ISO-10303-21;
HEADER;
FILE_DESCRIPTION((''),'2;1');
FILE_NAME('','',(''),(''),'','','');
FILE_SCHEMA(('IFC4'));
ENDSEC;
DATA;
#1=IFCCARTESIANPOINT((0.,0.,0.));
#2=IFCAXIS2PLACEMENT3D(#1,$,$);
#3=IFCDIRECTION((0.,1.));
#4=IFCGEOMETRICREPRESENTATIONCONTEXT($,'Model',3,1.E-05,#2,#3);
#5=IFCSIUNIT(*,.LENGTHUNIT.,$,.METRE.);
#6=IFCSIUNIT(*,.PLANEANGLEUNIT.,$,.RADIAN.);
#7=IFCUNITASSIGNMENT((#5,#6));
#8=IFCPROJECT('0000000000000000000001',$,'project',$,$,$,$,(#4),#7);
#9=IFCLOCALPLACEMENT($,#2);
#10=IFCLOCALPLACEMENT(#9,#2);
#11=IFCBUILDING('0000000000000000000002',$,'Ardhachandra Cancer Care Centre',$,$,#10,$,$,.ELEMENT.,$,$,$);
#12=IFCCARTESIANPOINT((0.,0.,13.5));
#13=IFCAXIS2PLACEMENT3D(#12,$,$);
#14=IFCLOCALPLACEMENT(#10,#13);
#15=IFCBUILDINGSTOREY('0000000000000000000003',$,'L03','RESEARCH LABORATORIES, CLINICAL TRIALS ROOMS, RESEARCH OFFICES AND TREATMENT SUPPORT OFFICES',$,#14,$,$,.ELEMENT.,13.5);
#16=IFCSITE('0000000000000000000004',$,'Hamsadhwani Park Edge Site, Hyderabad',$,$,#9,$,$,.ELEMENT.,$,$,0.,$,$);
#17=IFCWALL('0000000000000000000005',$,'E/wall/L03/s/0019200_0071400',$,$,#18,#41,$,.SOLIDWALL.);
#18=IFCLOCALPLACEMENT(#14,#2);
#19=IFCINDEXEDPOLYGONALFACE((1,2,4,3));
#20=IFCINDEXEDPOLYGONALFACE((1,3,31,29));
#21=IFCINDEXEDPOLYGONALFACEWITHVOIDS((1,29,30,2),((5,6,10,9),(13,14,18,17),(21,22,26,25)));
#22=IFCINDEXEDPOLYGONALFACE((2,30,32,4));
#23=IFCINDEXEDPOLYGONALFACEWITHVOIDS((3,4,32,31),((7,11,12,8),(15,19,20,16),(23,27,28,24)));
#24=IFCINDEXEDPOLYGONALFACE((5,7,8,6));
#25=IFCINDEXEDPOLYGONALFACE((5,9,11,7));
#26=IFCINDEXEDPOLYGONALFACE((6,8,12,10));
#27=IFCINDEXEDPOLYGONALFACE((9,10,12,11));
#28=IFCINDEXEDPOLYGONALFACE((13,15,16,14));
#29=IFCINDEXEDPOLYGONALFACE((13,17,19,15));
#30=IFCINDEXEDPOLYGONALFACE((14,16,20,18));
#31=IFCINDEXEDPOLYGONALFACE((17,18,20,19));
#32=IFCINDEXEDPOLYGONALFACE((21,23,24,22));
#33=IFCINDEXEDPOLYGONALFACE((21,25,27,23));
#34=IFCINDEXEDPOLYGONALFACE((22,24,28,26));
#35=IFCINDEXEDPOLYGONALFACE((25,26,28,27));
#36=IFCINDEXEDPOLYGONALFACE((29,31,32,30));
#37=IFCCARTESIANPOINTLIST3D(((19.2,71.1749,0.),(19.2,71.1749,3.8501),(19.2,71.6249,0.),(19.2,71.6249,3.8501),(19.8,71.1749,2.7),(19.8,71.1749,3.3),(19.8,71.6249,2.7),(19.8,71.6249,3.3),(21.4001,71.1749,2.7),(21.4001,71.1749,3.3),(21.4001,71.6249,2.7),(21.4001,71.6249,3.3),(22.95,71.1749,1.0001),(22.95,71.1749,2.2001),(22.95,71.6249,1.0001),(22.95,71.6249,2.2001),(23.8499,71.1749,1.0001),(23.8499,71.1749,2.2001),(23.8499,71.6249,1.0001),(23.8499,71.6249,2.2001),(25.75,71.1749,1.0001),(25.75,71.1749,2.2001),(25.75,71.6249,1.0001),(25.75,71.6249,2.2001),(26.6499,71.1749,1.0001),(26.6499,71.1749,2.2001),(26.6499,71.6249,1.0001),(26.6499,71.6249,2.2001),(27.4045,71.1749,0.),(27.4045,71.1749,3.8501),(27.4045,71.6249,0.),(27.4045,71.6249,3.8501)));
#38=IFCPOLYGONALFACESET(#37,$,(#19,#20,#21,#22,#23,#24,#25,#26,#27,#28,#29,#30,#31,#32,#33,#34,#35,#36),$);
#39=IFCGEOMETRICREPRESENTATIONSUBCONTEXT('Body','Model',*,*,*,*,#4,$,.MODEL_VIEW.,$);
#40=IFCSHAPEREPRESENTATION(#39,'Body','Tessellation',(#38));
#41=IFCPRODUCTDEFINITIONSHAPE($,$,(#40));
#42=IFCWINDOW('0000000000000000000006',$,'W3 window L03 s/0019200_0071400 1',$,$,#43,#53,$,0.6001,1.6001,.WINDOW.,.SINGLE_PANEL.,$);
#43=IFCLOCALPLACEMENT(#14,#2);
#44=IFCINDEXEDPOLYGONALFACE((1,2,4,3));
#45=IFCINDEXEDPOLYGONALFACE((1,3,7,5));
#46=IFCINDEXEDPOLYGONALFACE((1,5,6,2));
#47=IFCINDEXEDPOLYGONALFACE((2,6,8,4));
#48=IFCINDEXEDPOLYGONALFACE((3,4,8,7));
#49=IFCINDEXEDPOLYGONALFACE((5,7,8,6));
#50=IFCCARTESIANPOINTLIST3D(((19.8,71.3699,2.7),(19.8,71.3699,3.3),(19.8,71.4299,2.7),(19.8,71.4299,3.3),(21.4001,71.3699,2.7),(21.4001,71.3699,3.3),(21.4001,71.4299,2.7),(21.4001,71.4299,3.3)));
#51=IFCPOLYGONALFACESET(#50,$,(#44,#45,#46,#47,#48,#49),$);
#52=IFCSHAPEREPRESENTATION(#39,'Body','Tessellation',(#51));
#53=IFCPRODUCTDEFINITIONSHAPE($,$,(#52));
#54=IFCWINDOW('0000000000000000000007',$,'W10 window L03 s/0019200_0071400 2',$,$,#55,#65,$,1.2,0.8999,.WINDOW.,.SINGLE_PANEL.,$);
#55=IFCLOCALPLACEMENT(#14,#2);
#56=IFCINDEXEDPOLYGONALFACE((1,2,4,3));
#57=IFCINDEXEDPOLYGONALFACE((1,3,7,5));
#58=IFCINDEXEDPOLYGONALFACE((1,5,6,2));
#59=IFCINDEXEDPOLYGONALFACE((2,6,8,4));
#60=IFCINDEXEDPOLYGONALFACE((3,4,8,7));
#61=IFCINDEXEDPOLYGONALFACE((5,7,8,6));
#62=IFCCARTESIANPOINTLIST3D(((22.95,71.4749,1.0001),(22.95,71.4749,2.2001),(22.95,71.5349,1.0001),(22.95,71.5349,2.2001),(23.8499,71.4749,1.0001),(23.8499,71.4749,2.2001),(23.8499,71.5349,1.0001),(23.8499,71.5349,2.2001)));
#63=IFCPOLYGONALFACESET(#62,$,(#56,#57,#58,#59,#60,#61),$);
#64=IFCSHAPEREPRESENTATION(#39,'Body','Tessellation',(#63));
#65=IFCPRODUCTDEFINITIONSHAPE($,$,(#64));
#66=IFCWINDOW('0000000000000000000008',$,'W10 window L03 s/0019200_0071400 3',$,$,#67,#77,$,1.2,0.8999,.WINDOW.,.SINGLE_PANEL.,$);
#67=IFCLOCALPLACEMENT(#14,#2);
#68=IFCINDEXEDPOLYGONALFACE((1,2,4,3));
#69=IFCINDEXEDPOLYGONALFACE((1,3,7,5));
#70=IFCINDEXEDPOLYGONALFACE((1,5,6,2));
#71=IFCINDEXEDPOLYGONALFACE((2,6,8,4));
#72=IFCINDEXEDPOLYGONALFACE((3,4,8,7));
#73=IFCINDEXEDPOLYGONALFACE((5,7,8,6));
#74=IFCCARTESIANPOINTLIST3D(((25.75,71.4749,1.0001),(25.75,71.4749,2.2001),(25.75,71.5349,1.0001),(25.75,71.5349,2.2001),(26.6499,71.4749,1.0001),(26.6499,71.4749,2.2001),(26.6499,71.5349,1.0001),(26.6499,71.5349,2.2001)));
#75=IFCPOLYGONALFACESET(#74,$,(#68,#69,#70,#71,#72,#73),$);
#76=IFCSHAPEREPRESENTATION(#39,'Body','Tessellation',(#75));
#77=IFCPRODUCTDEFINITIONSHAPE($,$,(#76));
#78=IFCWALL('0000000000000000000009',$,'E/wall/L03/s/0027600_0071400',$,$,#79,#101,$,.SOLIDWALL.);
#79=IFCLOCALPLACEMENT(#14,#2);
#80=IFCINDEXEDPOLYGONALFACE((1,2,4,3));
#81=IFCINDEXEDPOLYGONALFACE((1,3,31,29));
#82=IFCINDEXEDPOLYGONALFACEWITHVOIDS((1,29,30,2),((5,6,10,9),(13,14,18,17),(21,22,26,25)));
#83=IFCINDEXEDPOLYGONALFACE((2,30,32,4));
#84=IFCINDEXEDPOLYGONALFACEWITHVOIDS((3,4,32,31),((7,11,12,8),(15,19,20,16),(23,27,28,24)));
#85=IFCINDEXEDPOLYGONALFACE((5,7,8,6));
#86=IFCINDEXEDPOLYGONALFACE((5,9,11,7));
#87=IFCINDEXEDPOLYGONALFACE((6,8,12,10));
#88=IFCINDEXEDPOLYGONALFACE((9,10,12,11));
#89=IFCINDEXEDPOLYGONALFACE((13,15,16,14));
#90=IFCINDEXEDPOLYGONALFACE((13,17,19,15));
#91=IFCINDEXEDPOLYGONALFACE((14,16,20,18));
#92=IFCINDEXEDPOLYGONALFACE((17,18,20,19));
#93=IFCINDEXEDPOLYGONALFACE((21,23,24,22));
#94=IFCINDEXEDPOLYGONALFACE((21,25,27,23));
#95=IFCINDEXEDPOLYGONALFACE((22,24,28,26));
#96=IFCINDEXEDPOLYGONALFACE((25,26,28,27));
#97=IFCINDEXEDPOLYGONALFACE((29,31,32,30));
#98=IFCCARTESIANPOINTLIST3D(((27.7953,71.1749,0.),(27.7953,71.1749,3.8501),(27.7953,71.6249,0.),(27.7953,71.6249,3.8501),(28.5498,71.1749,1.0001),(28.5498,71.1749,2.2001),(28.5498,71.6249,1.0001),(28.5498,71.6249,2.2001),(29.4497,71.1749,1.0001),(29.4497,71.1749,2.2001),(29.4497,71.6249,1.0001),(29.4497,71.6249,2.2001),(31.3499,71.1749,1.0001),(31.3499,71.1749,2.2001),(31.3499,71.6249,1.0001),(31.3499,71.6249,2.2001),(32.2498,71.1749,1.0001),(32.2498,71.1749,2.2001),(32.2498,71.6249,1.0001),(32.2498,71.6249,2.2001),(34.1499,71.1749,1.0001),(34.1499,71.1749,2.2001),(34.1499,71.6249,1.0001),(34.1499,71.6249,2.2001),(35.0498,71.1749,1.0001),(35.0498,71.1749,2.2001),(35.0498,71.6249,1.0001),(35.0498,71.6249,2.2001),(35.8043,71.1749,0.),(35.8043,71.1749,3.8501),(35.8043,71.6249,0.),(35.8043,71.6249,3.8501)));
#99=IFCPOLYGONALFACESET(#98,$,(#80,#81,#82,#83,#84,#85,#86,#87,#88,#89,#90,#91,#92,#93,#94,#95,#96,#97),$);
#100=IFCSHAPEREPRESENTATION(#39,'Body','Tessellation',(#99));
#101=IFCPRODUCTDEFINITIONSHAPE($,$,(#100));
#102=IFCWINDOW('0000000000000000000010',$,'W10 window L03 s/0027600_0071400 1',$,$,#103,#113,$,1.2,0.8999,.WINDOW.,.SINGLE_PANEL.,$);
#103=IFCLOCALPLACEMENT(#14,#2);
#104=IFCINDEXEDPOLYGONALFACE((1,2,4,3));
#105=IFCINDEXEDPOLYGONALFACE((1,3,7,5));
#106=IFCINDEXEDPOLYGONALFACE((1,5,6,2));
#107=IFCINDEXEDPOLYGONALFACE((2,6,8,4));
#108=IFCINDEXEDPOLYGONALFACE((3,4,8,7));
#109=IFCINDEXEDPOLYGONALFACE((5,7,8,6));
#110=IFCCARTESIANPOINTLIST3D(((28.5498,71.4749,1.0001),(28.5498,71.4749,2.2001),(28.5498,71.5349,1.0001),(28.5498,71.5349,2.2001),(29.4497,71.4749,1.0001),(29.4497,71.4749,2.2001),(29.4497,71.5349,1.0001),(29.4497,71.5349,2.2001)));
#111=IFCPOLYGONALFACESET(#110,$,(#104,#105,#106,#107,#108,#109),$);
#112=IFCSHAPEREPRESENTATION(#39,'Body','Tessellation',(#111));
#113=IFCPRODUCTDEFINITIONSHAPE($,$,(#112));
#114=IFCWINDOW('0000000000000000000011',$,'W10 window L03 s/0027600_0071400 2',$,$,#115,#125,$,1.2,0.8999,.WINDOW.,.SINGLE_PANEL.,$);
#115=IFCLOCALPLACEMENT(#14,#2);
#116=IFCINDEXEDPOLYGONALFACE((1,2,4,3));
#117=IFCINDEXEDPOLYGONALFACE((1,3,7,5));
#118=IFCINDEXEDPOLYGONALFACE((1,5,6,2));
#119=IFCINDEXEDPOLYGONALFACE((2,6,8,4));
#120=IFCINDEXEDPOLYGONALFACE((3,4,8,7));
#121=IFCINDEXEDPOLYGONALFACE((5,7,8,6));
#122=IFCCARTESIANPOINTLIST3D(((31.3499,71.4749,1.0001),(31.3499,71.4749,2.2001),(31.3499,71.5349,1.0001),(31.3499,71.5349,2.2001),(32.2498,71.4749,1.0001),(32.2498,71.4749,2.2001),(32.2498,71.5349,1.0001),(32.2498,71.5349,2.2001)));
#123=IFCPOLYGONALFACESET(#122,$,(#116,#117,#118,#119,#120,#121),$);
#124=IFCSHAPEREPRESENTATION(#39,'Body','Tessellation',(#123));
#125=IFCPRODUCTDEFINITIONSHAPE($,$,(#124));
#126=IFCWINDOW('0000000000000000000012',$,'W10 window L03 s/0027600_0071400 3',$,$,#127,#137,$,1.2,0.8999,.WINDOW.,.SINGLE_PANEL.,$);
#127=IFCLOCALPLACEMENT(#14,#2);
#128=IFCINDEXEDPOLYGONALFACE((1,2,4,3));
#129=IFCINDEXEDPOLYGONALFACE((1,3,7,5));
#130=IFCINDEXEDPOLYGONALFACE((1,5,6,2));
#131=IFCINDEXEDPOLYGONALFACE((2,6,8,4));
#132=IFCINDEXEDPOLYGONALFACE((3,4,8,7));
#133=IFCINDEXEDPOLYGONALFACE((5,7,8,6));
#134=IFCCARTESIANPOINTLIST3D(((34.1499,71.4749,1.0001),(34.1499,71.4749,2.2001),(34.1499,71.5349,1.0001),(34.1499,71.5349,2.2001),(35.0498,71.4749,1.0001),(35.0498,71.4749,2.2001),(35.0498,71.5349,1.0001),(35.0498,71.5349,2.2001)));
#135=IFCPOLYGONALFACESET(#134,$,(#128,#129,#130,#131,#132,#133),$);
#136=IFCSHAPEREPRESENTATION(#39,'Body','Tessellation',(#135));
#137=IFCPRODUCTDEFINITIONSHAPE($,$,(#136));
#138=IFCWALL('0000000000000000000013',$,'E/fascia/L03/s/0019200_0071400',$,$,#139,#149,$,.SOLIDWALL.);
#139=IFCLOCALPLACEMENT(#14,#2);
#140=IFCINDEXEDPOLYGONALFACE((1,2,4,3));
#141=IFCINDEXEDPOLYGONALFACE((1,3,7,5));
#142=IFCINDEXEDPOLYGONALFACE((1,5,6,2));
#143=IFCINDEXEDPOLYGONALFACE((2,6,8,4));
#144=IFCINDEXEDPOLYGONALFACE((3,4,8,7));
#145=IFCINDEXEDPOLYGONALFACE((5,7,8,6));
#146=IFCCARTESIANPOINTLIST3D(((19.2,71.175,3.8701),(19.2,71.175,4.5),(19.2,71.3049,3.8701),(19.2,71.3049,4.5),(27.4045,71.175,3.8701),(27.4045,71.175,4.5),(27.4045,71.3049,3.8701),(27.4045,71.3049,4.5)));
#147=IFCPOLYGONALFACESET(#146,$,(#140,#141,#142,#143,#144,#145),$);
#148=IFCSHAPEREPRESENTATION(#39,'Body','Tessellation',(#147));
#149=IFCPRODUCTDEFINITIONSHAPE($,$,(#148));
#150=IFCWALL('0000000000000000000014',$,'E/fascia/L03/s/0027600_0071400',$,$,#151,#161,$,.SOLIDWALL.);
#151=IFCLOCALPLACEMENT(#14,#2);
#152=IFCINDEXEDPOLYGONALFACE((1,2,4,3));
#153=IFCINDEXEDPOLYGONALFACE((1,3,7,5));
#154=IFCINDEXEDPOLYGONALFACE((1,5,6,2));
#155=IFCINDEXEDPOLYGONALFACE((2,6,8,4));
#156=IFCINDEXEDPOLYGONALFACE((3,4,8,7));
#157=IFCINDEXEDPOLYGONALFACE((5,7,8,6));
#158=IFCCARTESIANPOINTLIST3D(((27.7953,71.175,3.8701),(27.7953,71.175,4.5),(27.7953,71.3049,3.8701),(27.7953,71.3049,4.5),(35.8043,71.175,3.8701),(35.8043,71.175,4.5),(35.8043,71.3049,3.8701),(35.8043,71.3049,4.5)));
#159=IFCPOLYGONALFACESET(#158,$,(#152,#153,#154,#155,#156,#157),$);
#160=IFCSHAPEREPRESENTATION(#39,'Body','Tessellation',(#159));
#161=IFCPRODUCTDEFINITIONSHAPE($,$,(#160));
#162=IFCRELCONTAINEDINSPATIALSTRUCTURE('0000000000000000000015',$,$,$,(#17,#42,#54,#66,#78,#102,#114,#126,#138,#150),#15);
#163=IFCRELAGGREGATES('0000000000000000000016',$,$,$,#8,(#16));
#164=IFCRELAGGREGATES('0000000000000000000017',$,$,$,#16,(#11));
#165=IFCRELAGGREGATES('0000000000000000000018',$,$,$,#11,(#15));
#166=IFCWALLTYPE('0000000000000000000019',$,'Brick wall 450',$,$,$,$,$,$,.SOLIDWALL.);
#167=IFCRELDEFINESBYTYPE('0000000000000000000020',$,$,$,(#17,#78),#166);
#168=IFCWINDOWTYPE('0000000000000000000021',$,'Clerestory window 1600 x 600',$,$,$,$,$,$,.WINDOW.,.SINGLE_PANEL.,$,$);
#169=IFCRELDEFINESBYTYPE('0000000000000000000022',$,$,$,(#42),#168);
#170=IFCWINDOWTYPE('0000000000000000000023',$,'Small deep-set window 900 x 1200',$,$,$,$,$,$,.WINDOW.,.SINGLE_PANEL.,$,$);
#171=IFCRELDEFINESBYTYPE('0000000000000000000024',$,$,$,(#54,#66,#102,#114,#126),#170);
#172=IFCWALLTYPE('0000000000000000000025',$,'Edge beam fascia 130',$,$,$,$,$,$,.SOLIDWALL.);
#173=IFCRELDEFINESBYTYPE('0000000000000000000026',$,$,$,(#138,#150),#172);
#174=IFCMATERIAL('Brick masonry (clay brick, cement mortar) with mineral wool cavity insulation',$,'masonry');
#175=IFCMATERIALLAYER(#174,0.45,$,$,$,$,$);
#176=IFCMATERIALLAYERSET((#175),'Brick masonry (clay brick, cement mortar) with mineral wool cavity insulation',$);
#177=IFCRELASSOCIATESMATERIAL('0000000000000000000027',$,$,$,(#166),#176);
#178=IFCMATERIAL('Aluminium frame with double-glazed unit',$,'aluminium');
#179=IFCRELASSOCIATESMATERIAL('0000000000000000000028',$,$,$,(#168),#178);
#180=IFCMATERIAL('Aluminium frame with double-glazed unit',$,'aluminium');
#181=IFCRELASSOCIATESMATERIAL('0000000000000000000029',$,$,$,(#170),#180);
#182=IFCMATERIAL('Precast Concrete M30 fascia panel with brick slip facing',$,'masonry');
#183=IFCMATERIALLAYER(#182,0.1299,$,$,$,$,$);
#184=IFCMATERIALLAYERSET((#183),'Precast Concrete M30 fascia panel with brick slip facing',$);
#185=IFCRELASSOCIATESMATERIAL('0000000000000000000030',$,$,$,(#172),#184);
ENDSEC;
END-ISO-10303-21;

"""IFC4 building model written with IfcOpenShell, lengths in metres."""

from ifc_helpers import new_model, si_unit, direction, frame, frame_2d, origin, place, context, subcontext, project, spatial, rectangle, extrude, material, layer, layer_set, type_object, element, fill, save


model = new_model("IFC4")

# Units and contexts
model_context = context("Model", 3, precision=1e-05, world=origin(), true_north=direction((0.0, 1.0)))
body_context = subcontext(model_context, "Body", "Model", "MODEL_VIEW")
ifc_project = project(units=[si_unit("LENGTHUNIT", "METRE"), si_unit("PLANEANGLEUNIT", "RADIAN")], contexts=[model_context])

# Site, building, storey
site_placement = place(None, origin())
site = spatial("IfcSite", under=ifc_project, at=site_placement, Name="Hamsadhwani Park Edge Site, Hyderabad", CompositionType="ELEMENT", RefElevation=0.0)
building_placement = place(site_placement, origin())
building = spatial("IfcBuilding", under=site, at=building_placement, Name="Ardhachandra Cancer Care Centre", CompositionType="ELEMENT")
storey_placement = place(building_placement, frame((0.0, 0.0, 13.5)))
storey = spatial("IfcBuildingStorey", under=building, at=storey_placement, Name="L03", Description="RESEARCH LABORATORIES, CLINICAL TRIALS ROOMS, RESEARCH OFFICES AND TREATMENT SUPPORT OFFICES", CompositionType="ELEMENT", Elevation=13.5)

# Walls, openings, windows
ifc_material_1 = material(Name="Brick masonry (clay brick, cement mortar) with mineral wool cavity insulation", Category="masonry")
ifc_layer_1 = layer(ifc_material_1, 0.45)
ifc_layer_set_1 = layer_set([ifc_layer_1], Name="Brick masonry (clay brick, cement mortar) with mineral wool cavity insulation")
wall_type_1 = type_object("IfcWallType", Name="Brick wall 450", PredefinedType="SOLIDWALL", material=ifc_layer_set_1)
wall_1_placement = place(storey_placement, frame((19.2, 71.3999, 0.0), z_axis=(0.0, 0.0, 1.0), x_axis=(1.0, 0.0, 0.0)))
wall_1 = element("IfcWall", 1, at=wall_1_placement, inside=storey, type_object=wall_type_1, Name="E/wall/L03/s/0019200_0071400", PredefinedType="SOLIDWALL", context=body_context, shape_type="SweptSolid", body=[
    extrude(rectangle(XDim=8.2046, YDim=0.45, at=frame_2d((4.1023, 0.0))), origin(), (0.0, 0.0, 1.0), 3.8501),
])
opening_1_placement = place(wall_1_placement, frame((0.6001, 0.0, 2.7)))
opening_1 = element("IfcOpeningElement", 2, at=opening_1_placement, cuts=wall_1, PredefinedType="OPENING", context=body_context, shape_type="SweptSolid", body=[
    extrude(rectangle(XDim=1.6001, YDim=0.6001, at=frame_2d((0.8, 0.3))), frame((0.0, 0.2349, 0.0), z_axis=(0.0, -1.0, 0.0), x_axis=(1.0, 0.0, 0.0)), (0.0, 0.0, 1.0), 0.47),
])
opening_2_placement = place(wall_1_placement, frame((3.75, 0.0, 1.0)))
opening_2 = element("IfcOpeningElement", 3, at=opening_2_placement, cuts=wall_1, PredefinedType="OPENING", context=body_context, shape_type="SweptSolid", body=[
    extrude(rectangle(XDim=0.8999, YDim=1.2, at=frame_2d((0.45, 0.6001))), frame((0.0, 0.2349, 0.0), z_axis=(0.0, -1.0, 0.0), x_axis=(1.0, 0.0, 0.0)), (0.0, 0.0, 1.0), 0.47),
])
opening_3_placement = place(wall_1_placement, frame((6.55, 0.0, 1.0)))
opening_3 = element("IfcOpeningElement", 4, at=opening_3_placement, cuts=wall_1, PredefinedType="OPENING", context=body_context, shape_type="SweptSolid", body=[
    extrude(rectangle(XDim=0.8999, YDim=1.2, at=frame_2d((0.45, 0.6001))), frame((0.0, 0.2349, 0.0), z_axis=(0.0, -1.0, 0.0), x_axis=(1.0, 0.0, 0.0)), (0.0, 0.0, 1.0), 0.47),
])
ifc_material_2 = material(Name="Aluminium frame with double-glazed unit", Category="aluminium")
window_type_1 = type_object("IfcWindowType", Name="Clerestory window 1600 x 600", PartitioningType="SINGLE_PANEL", PredefinedType="WINDOW", material=ifc_material_2)
window_1_placement = place(opening_1_placement, origin())
window_1 = element("IfcWindow", 5, at=window_1_placement, inside=storey, type_object=window_type_1, Name="W3 window L03 s/0019200_0071400 1", OverallHeight=0.6001, OverallWidth=1.6001, PartitioningType="SINGLE_PANEL", PredefinedType="WINDOW", context=body_context, shape_type="SweptSolid", body=[
    extrude(rectangle(XDim=1.6001, YDim=0.6001, at=frame_2d((0.8, 0.3))), frame((0.0, 0.03, 0.0), z_axis=(0.0, -1.0, 0.0), x_axis=(1.0, 0.0, 0.0)), (0.0, 0.0, 1.0), 0.0601),
])
fill(opening_1, window_1)
ifc_material_3 = material(Name="Aluminium frame with double-glazed unit", Category="aluminium")
window_type_2 = type_object("IfcWindowType", Name="Small deep-set window 900 x 1200", PartitioningType="SINGLE_PANEL", PredefinedType="WINDOW", material=ifc_material_3)
window_2_placement = place(opening_2_placement, origin())
window_2 = element("IfcWindow", 6, at=window_2_placement, inside=storey, type_object=window_type_2, Name="W10 window L03 s/0019200_0071400 2", OverallHeight=1.2, OverallWidth=0.8999, PartitioningType="SINGLE_PANEL", PredefinedType="WINDOW", context=body_context, shape_type="SweptSolid", body=[
    extrude(rectangle(XDim=0.8999, YDim=1.2, at=frame_2d((0.45, 0.6001))), frame((0.0, 0.135, 0.0), z_axis=(0.0, -1.0, 0.0), x_axis=(1.0, 0.0, 0.0)), (0.0, 0.0, 1.0), 0.0601),
])
fill(opening_2, window_2)
window_3_placement = place(opening_3_placement, origin())
window_3 = element("IfcWindow", 7, at=window_3_placement, inside=storey, type_object=window_type_2, Name="W10 window L03 s/0019200_0071400 3", OverallHeight=1.2, OverallWidth=0.8999, PartitioningType="SINGLE_PANEL", PredefinedType="WINDOW", context=body_context, shape_type="SweptSolid", body=[
    extrude(rectangle(XDim=0.8999, YDim=1.2, at=frame_2d((0.45, 0.6001))), frame((0.0, 0.135, 0.0), z_axis=(0.0, -1.0, 0.0), x_axis=(1.0, 0.0, 0.0)), (0.0, 0.0, 1.0), 0.0601),
])
fill(opening_3, window_3)
wall_2_placement = place(storey_placement, frame((27.7954, 71.3999, 0.0), z_axis=(0.0, 0.0, 1.0), x_axis=(1.0, 0.0, 0.0)))
wall_2 = element("IfcWall", 8, at=wall_2_placement, inside=storey, type_object=wall_type_1, Name="E/wall/L03/s/0027600_0071400", PredefinedType="SOLIDWALL", context=body_context, shape_type="SweptSolid", body=[
    extrude(rectangle(XDim=8.009, YDim=0.45, at=frame_2d((4.0044, 0.0))), origin(), (0.0, 0.0, 1.0), 3.8501),
])
opening_4_placement = place(wall_2_placement, frame((0.7544, 0.0, 1.0)))
opening_4 = element("IfcOpeningElement", 9, at=opening_4_placement, cuts=wall_2, PredefinedType="OPENING", context=body_context, shape_type="SweptSolid", body=[
    extrude(rectangle(XDim=0.8999, YDim=1.2, at=frame_2d((0.45, 0.6001))), frame((0.0, 0.2349, 0.0), z_axis=(0.0, -1.0, 0.0), x_axis=(1.0, 0.0, 0.0)), (0.0, 0.0, 1.0), 0.47),
])
opening_5_placement = place(wall_2_placement, frame((3.5544, 0.0, 1.0)))
opening_5 = element("IfcOpeningElement", 10, at=opening_5_placement, cuts=wall_2, PredefinedType="OPENING", context=body_context, shape_type="SweptSolid", body=[
    extrude(rectangle(XDim=0.8999, YDim=1.2, at=frame_2d((0.45, 0.6001))), frame((0.0, 0.2349, 0.0), z_axis=(0.0, -1.0, 0.0), x_axis=(1.0, 0.0, 0.0)), (0.0, 0.0, 1.0), 0.47),
])
opening_6_placement = place(wall_2_placement, frame((6.3545, 0.0, 1.0)))
opening_6 = element("IfcOpeningElement", 11, at=opening_6_placement, cuts=wall_2, PredefinedType="OPENING", context=body_context, shape_type="SweptSolid", body=[
    extrude(rectangle(XDim=0.8999, YDim=1.2, at=frame_2d((0.45, 0.6001))), frame((0.0, 0.2349, 0.0), z_axis=(0.0, -1.0, 0.0), x_axis=(1.0, 0.0, 0.0)), (0.0, 0.0, 1.0), 0.47),
])
window_4_placement = place(opening_4_placement, origin())
window_4 = element("IfcWindow", 12, at=window_4_placement, inside=storey, type_object=window_type_2, Name="W10 window L03 s/0027600_0071400 1", OverallHeight=1.2, OverallWidth=0.8999, PartitioningType="SINGLE_PANEL", PredefinedType="WINDOW", context=body_context, shape_type="SweptSolid", body=[
    extrude(rectangle(XDim=0.8999, YDim=1.2, at=frame_2d((0.45, 0.6001))), frame((0.0, 0.135, 0.0), z_axis=(0.0, -1.0, 0.0), x_axis=(1.0, 0.0, 0.0)), (0.0, 0.0, 1.0), 0.0601),
])
fill(opening_4, window_4)
window_5_placement = place(opening_5_placement, origin())
window_5 = element("IfcWindow", 13, at=window_5_placement, inside=storey, type_object=window_type_2, Name="W10 window L03 s/0027600_0071400 2", OverallHeight=1.2, OverallWidth=0.8999, PartitioningType="SINGLE_PANEL", PredefinedType="WINDOW", context=body_context, shape_type="SweptSolid", body=[
    extrude(rectangle(XDim=0.8999, YDim=1.2, at=frame_2d((0.45, 0.6001))), frame((0.0, 0.135, 0.0), z_axis=(0.0, -1.0, 0.0), x_axis=(1.0, 0.0, 0.0)), (0.0, 0.0, 1.0), 0.0601),
])
fill(opening_5, window_5)
window_6_placement = place(opening_6_placement, origin())
window_6 = element("IfcWindow", 14, at=window_6_placement, inside=storey, type_object=window_type_2, Name="W10 window L03 s/0027600_0071400 3", OverallHeight=1.2, OverallWidth=0.8999, PartitioningType="SINGLE_PANEL", PredefinedType="WINDOW", context=body_context, shape_type="SweptSolid", body=[
    extrude(rectangle(XDim=0.8999, YDim=1.2, at=frame_2d((0.45, 0.6001))), frame((0.0, 0.135, 0.0), z_axis=(0.0, -1.0, 0.0), x_axis=(1.0, 0.0, 0.0)), (0.0, 0.0, 1.0), 0.0601),
])
fill(opening_6, window_6)

# Walls
ifc_material_4 = material(Name="Precast Concrete M30 fascia panel with brick slip facing", Category="masonry")
ifc_layer_2 = layer(ifc_material_4, 0.1299)
ifc_layer_set_2 = layer_set([ifc_layer_2], Name="Precast Concrete M30 fascia panel with brick slip facing")
wall_type_2 = type_object("IfcWallType", Name="Edge beam fascia 130", PredefinedType="SOLIDWALL", material=ifc_layer_set_2)
wall_3_placement = place(storey_placement, frame((19.2, 71.24, 3.8701), z_axis=(0.0, 0.0, 1.0), x_axis=(1.0, 0.0, 0.0)))
element("IfcWall", 15, at=wall_3_placement, inside=storey, type_object=wall_type_2, Name="E/fascia/L03/s/0019200_0071400", PredefinedType="SOLIDWALL", context=body_context, shape_type="SweptSolid", body=[
    extrude(rectangle(XDim=8.2046, YDim=0.1299, at=frame_2d((4.1023, 0.0))), origin(), (0.0, 0.0, 1.0), 0.6299),
])
wall_4_placement = place(storey_placement, frame((27.7954, 71.24, 3.8701), z_axis=(0.0, 0.0, 1.0), x_axis=(1.0, 0.0, 0.0)))
element("IfcWall", 16, at=wall_4_placement, inside=storey, type_object=wall_type_2, Name="E/fascia/L03/s/0027600_0071400", PredefinedType="SOLIDWALL", context=body_context, shape_type="SweptSolid", body=[
    extrude(rectangle(XDim=8.009, YDim=0.1299, at=frame_2d((4.0044, 0.0))), origin(), (0.0, 0.0, 1.0), 0.6299),
])

save(model, "model.ifc")
